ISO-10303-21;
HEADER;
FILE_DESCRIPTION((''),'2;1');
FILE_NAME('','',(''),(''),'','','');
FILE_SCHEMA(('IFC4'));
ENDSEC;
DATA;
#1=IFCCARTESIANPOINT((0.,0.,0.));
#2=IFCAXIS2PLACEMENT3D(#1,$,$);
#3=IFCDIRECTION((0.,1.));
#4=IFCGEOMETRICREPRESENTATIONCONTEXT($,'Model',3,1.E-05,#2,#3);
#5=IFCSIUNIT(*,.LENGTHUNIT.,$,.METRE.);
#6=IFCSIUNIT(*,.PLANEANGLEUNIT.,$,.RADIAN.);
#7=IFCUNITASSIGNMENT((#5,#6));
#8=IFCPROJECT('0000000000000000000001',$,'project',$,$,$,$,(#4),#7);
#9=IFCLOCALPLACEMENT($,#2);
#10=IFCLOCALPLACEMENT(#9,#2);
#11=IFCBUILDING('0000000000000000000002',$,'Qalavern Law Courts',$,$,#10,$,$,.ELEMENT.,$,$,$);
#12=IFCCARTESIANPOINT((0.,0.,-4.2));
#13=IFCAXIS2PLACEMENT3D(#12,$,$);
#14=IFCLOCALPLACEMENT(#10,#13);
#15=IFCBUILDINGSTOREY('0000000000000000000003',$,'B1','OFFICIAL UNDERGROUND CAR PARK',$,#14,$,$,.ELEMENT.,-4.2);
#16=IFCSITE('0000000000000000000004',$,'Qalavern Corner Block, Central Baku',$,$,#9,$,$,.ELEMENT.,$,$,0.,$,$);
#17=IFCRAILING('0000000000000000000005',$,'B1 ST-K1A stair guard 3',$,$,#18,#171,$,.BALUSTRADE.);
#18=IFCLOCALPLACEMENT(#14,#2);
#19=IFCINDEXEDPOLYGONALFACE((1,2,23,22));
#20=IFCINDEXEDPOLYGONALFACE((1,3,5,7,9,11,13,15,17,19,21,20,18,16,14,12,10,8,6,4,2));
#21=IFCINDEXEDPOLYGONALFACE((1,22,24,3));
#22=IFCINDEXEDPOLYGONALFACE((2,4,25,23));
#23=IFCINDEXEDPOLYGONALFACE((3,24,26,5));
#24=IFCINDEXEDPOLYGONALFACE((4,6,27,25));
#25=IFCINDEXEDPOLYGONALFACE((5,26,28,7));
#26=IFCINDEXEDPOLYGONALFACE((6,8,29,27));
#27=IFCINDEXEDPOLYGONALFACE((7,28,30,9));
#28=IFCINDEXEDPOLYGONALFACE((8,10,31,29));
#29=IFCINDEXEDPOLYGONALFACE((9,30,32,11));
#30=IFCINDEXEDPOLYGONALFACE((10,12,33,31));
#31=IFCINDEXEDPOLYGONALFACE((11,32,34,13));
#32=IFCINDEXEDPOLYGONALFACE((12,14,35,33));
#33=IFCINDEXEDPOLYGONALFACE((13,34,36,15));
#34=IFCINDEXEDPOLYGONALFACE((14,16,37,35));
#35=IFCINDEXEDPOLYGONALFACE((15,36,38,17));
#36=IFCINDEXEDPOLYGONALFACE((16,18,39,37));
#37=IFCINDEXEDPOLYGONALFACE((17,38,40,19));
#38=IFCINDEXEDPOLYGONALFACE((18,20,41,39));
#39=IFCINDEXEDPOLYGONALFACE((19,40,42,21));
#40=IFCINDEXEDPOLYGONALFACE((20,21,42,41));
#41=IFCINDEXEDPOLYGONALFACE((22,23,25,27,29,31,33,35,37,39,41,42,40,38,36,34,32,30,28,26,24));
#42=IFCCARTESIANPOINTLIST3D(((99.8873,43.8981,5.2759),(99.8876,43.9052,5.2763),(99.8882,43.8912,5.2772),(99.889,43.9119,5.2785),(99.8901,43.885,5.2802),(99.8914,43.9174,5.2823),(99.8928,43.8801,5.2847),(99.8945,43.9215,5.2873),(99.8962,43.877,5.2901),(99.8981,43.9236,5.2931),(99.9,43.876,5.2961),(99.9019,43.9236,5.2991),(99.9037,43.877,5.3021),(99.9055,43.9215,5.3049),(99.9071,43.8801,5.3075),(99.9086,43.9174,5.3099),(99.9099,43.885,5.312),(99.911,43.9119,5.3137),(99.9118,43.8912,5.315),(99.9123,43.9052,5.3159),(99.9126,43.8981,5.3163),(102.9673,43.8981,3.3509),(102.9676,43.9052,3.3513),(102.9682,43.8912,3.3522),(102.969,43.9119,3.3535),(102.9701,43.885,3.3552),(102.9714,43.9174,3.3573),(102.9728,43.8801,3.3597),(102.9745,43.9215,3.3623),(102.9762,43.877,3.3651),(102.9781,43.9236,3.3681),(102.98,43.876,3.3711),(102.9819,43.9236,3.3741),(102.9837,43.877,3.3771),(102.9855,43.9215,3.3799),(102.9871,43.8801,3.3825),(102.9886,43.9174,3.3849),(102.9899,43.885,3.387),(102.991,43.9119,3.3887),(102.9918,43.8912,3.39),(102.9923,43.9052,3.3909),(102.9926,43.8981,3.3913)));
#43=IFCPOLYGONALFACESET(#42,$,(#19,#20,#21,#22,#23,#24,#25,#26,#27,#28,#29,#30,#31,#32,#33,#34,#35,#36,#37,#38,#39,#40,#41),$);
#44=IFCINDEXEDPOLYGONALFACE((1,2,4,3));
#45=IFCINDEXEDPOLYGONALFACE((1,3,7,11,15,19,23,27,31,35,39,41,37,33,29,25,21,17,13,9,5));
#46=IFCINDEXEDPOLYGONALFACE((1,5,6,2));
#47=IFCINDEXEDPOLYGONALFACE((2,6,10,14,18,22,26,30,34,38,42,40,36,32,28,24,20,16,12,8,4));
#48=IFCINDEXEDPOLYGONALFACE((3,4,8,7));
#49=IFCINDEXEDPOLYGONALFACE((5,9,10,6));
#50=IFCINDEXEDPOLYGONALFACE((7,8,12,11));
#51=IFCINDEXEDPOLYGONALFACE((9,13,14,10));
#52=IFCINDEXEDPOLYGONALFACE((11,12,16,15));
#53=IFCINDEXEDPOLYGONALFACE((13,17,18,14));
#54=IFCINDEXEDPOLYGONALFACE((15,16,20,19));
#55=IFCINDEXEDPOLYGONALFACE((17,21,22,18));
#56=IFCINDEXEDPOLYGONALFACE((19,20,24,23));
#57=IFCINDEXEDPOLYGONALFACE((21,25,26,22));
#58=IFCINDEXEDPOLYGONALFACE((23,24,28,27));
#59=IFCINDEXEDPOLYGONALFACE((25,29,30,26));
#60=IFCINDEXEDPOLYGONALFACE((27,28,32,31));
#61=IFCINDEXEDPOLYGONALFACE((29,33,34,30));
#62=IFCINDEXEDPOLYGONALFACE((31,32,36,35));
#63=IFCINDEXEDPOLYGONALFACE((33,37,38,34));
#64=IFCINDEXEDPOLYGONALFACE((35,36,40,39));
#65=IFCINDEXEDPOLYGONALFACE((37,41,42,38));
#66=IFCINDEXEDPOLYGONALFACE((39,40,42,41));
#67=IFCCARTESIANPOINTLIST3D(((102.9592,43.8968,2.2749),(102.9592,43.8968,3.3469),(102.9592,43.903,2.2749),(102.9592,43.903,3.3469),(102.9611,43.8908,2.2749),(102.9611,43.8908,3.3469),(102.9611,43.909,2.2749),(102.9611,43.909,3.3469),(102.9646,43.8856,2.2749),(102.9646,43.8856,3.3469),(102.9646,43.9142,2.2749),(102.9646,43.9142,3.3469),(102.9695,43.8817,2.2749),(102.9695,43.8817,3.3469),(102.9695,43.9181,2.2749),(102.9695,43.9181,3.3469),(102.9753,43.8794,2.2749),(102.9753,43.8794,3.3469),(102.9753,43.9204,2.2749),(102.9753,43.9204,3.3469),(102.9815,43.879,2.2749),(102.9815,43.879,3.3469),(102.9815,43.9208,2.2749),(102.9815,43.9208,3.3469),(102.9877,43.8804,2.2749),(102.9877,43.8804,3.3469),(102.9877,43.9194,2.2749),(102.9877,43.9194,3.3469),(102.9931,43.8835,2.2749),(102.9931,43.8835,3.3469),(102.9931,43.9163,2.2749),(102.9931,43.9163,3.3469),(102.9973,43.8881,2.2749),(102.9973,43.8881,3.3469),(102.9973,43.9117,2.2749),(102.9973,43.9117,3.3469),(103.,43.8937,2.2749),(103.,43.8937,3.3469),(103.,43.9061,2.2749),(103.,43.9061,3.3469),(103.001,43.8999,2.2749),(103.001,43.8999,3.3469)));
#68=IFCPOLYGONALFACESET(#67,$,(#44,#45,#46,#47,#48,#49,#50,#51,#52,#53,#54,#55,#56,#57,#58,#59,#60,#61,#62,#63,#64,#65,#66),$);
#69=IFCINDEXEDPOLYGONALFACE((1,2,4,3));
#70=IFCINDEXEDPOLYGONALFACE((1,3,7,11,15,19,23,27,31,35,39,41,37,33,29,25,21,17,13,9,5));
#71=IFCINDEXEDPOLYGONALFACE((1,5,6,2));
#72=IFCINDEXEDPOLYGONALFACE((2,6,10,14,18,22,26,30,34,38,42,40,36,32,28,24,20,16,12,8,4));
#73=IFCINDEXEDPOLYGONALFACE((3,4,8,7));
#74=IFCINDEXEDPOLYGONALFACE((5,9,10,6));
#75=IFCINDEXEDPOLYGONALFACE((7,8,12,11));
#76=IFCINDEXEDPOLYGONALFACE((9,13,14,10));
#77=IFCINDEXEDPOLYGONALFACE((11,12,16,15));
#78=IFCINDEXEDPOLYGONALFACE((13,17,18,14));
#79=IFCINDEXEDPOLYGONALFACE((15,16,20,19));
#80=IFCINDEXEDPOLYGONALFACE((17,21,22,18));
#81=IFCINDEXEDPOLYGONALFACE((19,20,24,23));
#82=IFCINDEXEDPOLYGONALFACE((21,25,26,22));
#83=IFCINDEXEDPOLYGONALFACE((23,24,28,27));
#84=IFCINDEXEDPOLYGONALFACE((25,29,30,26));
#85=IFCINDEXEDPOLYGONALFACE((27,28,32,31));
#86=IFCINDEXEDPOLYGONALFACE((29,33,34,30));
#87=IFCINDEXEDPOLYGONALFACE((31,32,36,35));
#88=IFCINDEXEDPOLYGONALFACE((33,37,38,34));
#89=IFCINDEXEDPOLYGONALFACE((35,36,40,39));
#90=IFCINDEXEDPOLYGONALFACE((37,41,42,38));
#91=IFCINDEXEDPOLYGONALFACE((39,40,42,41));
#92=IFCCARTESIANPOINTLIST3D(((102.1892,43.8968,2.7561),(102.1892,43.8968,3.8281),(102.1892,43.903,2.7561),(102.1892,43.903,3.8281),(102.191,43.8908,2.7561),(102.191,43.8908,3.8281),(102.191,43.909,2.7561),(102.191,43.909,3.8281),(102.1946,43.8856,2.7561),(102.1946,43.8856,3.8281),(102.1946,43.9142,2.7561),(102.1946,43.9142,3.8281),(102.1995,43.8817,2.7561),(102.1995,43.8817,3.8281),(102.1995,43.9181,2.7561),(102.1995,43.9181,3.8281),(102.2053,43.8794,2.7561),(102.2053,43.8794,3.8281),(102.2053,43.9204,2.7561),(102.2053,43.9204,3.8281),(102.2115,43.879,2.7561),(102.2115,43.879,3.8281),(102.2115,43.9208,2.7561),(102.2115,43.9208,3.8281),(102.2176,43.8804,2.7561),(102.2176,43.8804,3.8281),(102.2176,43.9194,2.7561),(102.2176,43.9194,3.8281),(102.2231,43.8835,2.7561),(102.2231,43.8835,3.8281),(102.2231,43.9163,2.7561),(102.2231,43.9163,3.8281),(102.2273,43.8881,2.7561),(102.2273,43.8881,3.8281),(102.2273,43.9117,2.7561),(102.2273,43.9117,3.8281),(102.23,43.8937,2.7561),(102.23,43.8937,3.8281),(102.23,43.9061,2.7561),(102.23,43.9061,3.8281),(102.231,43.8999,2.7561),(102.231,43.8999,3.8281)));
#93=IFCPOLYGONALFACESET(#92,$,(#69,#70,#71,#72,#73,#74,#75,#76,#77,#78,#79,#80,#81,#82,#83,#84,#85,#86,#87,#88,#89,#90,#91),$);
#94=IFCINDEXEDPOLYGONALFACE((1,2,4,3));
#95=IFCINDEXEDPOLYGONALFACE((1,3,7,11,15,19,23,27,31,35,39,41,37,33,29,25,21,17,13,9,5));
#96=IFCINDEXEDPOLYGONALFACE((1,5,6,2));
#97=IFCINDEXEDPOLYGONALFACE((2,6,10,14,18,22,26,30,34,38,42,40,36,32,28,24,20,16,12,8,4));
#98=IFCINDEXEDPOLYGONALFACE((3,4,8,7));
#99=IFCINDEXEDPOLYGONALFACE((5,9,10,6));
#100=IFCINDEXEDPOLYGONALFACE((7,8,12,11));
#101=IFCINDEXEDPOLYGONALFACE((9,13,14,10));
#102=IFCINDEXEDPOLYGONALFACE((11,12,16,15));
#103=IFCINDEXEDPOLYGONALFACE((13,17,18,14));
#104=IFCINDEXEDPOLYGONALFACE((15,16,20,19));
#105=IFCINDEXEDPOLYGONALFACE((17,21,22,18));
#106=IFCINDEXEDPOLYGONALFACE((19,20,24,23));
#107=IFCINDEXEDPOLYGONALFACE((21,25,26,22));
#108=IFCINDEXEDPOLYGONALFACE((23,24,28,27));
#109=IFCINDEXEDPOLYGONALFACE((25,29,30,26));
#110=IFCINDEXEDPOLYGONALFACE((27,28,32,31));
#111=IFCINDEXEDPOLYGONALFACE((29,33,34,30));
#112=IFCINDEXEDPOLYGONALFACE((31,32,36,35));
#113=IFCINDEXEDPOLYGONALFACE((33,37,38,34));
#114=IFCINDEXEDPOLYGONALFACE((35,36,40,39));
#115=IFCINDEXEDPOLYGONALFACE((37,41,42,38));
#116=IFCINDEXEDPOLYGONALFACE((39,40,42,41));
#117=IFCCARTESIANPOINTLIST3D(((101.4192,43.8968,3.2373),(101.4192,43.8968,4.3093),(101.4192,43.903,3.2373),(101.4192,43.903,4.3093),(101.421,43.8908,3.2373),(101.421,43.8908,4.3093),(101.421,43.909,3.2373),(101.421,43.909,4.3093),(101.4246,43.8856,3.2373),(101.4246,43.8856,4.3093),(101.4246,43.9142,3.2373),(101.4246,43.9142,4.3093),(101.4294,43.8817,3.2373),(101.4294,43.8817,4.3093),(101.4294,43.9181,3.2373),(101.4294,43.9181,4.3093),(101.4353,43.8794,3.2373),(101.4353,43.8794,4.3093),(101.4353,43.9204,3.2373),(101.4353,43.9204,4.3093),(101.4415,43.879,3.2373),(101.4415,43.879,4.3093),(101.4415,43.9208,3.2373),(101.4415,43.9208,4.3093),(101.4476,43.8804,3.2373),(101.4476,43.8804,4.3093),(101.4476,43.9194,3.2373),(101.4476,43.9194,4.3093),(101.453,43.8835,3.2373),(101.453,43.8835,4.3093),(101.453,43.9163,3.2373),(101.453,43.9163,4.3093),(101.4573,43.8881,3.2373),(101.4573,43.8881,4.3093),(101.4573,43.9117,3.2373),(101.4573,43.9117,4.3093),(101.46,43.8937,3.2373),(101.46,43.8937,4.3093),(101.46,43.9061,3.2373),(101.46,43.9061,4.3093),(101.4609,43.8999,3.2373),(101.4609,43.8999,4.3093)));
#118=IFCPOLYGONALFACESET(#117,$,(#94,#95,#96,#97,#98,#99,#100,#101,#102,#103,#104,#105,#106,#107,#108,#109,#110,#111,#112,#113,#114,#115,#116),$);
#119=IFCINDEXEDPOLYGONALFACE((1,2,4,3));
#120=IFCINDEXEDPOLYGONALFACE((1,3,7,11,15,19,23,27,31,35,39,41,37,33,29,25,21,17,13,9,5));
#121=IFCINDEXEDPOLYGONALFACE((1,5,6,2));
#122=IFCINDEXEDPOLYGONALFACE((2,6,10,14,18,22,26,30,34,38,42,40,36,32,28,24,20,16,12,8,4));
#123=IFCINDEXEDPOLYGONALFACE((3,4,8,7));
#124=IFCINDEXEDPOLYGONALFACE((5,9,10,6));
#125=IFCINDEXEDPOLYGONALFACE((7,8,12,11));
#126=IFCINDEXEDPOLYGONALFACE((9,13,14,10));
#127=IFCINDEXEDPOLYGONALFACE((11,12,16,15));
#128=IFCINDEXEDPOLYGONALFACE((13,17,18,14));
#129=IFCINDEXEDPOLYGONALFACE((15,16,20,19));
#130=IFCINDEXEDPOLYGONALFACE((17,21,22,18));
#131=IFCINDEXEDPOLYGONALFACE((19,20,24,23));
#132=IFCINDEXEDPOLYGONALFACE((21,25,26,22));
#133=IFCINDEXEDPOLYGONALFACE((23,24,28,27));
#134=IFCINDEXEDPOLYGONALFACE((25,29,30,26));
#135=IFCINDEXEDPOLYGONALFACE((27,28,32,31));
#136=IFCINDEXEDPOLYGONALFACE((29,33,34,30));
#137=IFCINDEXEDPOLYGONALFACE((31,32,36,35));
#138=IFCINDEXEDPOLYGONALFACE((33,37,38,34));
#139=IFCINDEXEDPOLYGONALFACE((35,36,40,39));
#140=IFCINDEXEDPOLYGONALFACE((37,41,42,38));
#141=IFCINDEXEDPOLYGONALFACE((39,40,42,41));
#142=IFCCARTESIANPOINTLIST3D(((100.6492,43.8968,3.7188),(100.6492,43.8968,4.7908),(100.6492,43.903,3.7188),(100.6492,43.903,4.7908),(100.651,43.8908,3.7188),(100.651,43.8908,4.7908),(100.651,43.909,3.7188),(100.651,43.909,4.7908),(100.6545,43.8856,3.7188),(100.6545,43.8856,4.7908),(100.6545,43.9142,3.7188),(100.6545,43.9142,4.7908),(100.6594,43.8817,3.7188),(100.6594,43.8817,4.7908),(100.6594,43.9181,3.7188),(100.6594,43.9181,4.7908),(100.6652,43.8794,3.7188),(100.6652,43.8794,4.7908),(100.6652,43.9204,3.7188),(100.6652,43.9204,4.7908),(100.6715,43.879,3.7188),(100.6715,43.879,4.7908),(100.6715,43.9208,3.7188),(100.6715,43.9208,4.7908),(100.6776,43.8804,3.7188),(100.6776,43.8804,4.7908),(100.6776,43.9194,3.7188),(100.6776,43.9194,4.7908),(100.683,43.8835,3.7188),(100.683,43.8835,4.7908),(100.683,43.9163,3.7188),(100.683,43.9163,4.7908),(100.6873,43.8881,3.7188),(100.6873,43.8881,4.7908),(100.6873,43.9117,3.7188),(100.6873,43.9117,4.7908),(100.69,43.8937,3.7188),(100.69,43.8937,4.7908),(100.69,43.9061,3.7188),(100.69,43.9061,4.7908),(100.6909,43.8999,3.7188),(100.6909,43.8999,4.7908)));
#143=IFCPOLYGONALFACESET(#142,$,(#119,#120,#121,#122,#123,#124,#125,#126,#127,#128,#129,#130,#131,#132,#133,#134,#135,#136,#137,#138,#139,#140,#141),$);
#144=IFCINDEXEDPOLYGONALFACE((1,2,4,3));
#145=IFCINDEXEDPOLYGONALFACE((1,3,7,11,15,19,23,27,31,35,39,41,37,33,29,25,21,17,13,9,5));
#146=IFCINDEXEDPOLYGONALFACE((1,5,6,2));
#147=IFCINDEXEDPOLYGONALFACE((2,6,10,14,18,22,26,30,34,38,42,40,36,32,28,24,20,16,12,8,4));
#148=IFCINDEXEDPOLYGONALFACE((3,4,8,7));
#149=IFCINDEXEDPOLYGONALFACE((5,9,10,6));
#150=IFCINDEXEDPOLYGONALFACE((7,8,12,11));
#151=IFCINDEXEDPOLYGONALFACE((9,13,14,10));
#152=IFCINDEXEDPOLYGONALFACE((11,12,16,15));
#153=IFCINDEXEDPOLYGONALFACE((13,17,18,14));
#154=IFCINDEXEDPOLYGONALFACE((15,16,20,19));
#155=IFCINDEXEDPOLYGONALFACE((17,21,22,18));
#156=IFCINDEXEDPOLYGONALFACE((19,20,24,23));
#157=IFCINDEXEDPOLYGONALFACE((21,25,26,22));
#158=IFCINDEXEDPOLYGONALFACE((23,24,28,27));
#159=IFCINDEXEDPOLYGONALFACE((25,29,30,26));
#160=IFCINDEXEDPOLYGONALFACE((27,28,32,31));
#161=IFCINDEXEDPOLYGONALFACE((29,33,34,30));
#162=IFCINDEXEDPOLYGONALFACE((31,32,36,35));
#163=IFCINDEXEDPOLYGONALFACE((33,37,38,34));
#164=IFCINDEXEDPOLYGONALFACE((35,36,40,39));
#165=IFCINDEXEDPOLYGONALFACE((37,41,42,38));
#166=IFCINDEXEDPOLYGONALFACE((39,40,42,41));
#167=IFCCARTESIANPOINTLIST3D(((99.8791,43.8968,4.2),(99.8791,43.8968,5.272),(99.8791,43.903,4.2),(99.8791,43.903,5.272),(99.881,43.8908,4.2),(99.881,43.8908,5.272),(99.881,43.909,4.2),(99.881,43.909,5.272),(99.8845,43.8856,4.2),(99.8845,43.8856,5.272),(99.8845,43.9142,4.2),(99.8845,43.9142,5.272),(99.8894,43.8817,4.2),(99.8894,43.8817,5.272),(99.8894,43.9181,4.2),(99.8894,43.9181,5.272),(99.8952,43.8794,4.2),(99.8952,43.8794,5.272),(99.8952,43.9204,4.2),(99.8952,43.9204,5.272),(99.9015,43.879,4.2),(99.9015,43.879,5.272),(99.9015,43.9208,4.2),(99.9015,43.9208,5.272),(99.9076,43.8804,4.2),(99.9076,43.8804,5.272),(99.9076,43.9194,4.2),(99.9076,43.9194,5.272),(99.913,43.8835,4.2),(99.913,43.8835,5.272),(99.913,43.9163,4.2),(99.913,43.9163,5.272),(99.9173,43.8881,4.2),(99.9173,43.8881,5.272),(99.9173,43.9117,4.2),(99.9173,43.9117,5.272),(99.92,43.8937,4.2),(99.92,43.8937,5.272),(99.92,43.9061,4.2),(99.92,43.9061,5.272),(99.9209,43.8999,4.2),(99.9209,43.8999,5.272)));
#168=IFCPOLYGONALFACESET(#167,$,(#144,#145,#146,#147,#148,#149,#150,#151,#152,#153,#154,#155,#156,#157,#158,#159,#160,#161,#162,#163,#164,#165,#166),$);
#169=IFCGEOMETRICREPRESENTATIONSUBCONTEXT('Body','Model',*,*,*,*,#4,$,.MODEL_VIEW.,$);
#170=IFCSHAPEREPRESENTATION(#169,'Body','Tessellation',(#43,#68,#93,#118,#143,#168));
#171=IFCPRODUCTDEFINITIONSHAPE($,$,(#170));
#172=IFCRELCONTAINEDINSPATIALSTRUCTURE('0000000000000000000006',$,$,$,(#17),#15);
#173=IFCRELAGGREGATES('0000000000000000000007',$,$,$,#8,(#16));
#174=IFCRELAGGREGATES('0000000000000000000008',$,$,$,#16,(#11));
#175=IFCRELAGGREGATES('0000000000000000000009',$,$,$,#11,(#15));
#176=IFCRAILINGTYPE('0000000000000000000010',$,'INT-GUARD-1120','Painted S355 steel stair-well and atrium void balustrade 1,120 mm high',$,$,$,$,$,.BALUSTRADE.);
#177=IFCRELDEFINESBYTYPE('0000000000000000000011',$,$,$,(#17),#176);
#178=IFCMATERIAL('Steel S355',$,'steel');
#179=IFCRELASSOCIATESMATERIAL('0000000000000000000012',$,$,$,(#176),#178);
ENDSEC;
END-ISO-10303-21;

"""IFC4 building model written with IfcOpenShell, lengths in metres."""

from ifc_helpers import new_model, si_unit, direction, frame, origin, origin_2d, place, context, subcontext, project, spatial, circle, extrude, material, type_object, element, save


model = new_model("IFC4")

# Units and contexts
model_context = context("Model", 3, precision=1e-05, world=origin(), true_north=direction((0.0, 1.0)))
body_context = subcontext(model_context, "Body", "Model", "MODEL_VIEW")
ifc_project = project(units=[si_unit("LENGTHUNIT", "METRE"), si_unit("PLANEANGLEUNIT", "RADIAN")], contexts=[model_context])

# Site, building, storey
site_placement = place(None, origin())
site = spatial("IfcSite", under=ifc_project, at=site_placement, Name="Qalavern Corner Block, Central Baku", CompositionType="ELEMENT", RefElevation=0.0)
building_placement = place(site_placement, origin())
building = spatial("IfcBuilding", under=site, at=building_placement, Name="Qalavern Law Courts", CompositionType="ELEMENT")
storey_placement = place(building_placement, frame((0.0, 0.0, -4.2)))
storey = spatial("IfcBuildingStorey", under=building, at=storey_placement, Name="B1", Description="OFFICIAL UNDERGROUND CAR PARK", CompositionType="ELEMENT", Elevation=-4.2)

# Shared definitions
ifc_material_1 = material(Name="Steel S355", Category="steel")

# Railing
railing_type_1 = type_object("IfcRailingType", Name="INT-GUARD-1120", Description="Painted S355 steel stair-well and atrium void balustrade 1,120 mm high", PredefinedType="BALUSTRADE", material=ifc_material_1)
railing_1_placement = place(storey_placement, frame((102.98, 43.8999, 2.2749)))
element("IfcRailing", 1, at=railing_1_placement, inside=storey, type_object=railing_type_1, Name="B1 ST-K1A stair guard 3", PredefinedType="BALUSTRADE", context=body_context, shape_type="SweptSolid", body=[
    extrude(circle(Radius=0.0239, at=origin_2d()), frame((0.0, 0.0, 1.0962), z_axis=(-0.847998, 0.0, 0.529999), x_axis=(0.0, -1.0, 0.0)), (0.0, 0.0, 1.0), 3.6321),
    extrude(circle(Radius=0.021, at=origin_2d()), origin(), (0.0, 0.0, 1.0), 1.072),
    extrude(circle(Radius=0.021, at=origin_2d()), frame((-0.77, 0.0, 0.4812)), (0.0, 0.0, 1.0), 1.072),
    extrude(circle(Radius=0.021, at=origin_2d()), frame((-1.54, 0.0, 0.9624)), (0.0, 0.0, 1.0), 1.072),
    extrude(circle(Radius=0.021, at=origin_2d()), frame((-2.3101, 0.0, 1.4438)), (0.0, 0.0, 1.0), 1.072),
    extrude(circle(Radius=0.021, at=origin_2d()), frame((-3.0801, 0.0, 1.925)), (0.0, 0.0, 1.0), 1.072),
])

save(model, "model.ifc")
